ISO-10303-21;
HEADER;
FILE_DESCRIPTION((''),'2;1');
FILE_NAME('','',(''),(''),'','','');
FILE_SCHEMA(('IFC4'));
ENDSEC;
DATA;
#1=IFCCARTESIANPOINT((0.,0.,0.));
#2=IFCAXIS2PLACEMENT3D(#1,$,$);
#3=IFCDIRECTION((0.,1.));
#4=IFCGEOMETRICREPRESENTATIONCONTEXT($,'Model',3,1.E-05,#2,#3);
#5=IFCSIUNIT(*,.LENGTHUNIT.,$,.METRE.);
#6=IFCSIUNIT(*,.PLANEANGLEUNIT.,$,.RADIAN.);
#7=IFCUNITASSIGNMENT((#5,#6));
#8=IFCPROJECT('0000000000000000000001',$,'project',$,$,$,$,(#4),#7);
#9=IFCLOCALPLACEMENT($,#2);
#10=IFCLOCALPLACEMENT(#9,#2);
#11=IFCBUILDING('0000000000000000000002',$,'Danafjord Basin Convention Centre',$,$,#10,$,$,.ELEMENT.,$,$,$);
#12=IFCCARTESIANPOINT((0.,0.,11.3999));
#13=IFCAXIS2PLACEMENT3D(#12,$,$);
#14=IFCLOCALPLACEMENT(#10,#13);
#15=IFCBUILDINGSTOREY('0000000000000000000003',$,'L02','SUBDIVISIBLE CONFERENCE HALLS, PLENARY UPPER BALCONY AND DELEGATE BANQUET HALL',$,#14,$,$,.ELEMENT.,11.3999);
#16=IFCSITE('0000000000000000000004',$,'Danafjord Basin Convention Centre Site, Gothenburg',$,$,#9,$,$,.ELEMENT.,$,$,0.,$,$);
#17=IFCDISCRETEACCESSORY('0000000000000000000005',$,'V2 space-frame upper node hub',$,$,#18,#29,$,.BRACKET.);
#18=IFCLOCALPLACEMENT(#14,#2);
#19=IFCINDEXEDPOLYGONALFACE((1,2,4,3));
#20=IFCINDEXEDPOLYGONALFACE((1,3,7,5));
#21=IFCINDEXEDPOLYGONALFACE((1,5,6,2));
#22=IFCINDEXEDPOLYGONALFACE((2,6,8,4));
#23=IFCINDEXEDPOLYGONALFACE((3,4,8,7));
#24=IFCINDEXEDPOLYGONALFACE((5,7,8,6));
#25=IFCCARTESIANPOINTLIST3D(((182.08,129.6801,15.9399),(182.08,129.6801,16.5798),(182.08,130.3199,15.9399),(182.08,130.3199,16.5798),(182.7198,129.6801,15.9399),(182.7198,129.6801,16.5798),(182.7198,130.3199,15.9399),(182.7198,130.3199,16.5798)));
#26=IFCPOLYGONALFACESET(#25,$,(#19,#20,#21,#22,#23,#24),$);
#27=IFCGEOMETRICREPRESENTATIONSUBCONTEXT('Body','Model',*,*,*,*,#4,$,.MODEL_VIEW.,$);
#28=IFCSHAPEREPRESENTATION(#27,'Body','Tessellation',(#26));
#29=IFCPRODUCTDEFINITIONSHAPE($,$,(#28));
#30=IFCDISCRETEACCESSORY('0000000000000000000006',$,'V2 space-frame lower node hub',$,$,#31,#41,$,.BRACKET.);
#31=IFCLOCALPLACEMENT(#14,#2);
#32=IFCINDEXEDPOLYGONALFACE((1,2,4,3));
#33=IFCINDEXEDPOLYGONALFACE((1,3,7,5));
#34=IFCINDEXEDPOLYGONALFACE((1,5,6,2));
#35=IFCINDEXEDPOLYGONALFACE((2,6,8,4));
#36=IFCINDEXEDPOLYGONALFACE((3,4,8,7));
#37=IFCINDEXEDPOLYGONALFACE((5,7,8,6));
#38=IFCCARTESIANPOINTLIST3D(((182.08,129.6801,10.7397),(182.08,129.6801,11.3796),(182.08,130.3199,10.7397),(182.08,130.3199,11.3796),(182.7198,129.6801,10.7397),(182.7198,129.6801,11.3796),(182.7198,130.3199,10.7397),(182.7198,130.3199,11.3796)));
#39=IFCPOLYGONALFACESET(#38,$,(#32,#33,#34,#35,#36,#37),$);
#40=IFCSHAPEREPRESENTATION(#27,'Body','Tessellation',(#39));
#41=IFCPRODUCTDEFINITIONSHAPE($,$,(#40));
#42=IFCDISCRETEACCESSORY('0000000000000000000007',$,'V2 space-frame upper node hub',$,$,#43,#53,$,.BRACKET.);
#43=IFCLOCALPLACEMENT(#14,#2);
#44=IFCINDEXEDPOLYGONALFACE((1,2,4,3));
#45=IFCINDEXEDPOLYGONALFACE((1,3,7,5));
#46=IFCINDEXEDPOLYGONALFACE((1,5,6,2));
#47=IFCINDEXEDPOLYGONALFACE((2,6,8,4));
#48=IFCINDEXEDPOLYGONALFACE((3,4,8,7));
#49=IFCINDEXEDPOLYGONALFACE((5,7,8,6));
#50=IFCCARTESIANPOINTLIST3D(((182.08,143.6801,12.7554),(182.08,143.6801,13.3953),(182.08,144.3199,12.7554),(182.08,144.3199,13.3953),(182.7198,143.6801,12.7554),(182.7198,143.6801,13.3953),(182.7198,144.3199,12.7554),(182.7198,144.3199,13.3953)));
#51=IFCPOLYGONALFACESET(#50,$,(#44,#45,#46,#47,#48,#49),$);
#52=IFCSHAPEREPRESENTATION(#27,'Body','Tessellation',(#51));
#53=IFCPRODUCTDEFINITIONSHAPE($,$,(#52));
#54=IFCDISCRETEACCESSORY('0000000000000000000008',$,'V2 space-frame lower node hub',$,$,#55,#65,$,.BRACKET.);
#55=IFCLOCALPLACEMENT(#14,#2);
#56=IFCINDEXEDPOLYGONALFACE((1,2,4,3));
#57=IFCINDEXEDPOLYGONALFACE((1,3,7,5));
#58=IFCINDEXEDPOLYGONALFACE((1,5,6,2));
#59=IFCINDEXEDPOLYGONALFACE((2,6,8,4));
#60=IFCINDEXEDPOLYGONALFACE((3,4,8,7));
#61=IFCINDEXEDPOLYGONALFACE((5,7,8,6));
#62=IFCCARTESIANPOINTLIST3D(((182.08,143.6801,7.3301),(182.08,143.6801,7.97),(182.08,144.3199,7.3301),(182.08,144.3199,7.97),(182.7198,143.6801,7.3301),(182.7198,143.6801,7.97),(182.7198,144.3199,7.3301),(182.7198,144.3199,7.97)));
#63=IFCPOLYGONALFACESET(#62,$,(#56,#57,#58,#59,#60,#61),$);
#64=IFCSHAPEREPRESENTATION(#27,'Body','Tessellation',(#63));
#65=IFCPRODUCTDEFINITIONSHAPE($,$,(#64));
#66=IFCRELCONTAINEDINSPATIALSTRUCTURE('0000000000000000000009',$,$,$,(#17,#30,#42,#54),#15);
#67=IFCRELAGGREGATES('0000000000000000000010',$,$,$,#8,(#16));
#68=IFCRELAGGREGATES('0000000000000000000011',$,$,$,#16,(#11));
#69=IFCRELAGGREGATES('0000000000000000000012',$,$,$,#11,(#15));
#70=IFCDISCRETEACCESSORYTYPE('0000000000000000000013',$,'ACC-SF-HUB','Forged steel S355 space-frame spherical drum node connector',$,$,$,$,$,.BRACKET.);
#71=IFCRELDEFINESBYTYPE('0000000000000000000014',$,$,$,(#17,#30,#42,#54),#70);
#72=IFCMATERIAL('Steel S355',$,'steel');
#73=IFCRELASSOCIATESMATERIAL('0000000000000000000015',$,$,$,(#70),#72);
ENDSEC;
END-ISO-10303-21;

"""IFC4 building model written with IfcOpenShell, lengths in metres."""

from ifc_helpers import new_model, si_unit, direction, frame, origin, origin_2d, place, context, subcontext, project, spatial, rectangle, extrude, material, type_object, element, save


model = new_model("IFC4")

# Units and contexts
model_context = context("Model", 3, precision=1e-05, world=origin(), true_north=direction((0.0, 1.0)))
body_context = subcontext(model_context, "Body", "Model", "MODEL_VIEW")
ifc_project = project(units=[si_unit("LENGTHUNIT", "METRE"), si_unit("PLANEANGLEUNIT", "RADIAN")], contexts=[model_context])

# Site, building, storey
site_placement = place(None, origin())
site = spatial("IfcSite", under=ifc_project, at=site_placement, Name="Danafjord Basin Convention Centre Site, Gothenburg", CompositionType="ELEMENT", RefElevation=0.0)
building_placement = place(site_placement, origin())
building = spatial("IfcBuilding", under=site, at=building_placement, Name="Danafjord Basin Convention Centre", CompositionType="ELEMENT")
storey_placement = place(building_placement, frame((0.0, 0.0, 11.3999)))
storey = spatial("IfcBuildingStorey", under=building, at=storey_placement, Name="L02", Description="SUBDIVISIBLE CONFERENCE HALLS, PLENARY UPPER BALCONY AND DELEGATE BANQUET HALL", CompositionType="ELEMENT", Elevation=11.3999)

# Shared definitions
ifc_material_1 = material(Name="Steel S355", Category="steel")

# Discrete accessories
discrete_accessory_type = type_object("IfcDiscreteAccessoryType", Name="ACC-SF-HUB", Description="Forged steel S355 space-frame spherical drum node connector", PredefinedType="BRACKET", material=ifc_material_1)
for number, where, z_axis, x_axis, name in (
    (1, (182.3999, 130.0, 15.9399), (0.0, 0.0, 1.0), (1.0, 0.0, 0.0), "V2 space-frame upper node hub"),
    (2, (182.3999, 130.0, 10.7397), (0.0, 0.0, 1.0), (1.0, 0.0, 0.0), "V2 space-frame lower node hub"),
    (3, (182.3999, 144.0, 12.7554), (0.0, 0.0, 1.0), (1.0, 0.0, 0.0), "V2 space-frame upper node hub"),
    (4, (182.3999, 144.0, 7.3301), (0.0, 0.0, 1.0), (1.0, 0.0, 0.0), "V2 space-frame lower node hub"),
):
    element("IfcDiscreteAccessory", number, at=place(storey_placement, frame(where, z_axis=z_axis, x_axis=x_axis)), inside=storey, type_object=discrete_accessory_type, Name=name, PredefinedType="BRACKET", context=body_context, shape_type="SweptSolid", body=[
        extrude(rectangle(XDim=0.6399, YDim=0.6399, at=origin_2d()), origin(), (0.0, 0.0, 1.0), 0.6399),
    ])

save(model, "model.ifc")
